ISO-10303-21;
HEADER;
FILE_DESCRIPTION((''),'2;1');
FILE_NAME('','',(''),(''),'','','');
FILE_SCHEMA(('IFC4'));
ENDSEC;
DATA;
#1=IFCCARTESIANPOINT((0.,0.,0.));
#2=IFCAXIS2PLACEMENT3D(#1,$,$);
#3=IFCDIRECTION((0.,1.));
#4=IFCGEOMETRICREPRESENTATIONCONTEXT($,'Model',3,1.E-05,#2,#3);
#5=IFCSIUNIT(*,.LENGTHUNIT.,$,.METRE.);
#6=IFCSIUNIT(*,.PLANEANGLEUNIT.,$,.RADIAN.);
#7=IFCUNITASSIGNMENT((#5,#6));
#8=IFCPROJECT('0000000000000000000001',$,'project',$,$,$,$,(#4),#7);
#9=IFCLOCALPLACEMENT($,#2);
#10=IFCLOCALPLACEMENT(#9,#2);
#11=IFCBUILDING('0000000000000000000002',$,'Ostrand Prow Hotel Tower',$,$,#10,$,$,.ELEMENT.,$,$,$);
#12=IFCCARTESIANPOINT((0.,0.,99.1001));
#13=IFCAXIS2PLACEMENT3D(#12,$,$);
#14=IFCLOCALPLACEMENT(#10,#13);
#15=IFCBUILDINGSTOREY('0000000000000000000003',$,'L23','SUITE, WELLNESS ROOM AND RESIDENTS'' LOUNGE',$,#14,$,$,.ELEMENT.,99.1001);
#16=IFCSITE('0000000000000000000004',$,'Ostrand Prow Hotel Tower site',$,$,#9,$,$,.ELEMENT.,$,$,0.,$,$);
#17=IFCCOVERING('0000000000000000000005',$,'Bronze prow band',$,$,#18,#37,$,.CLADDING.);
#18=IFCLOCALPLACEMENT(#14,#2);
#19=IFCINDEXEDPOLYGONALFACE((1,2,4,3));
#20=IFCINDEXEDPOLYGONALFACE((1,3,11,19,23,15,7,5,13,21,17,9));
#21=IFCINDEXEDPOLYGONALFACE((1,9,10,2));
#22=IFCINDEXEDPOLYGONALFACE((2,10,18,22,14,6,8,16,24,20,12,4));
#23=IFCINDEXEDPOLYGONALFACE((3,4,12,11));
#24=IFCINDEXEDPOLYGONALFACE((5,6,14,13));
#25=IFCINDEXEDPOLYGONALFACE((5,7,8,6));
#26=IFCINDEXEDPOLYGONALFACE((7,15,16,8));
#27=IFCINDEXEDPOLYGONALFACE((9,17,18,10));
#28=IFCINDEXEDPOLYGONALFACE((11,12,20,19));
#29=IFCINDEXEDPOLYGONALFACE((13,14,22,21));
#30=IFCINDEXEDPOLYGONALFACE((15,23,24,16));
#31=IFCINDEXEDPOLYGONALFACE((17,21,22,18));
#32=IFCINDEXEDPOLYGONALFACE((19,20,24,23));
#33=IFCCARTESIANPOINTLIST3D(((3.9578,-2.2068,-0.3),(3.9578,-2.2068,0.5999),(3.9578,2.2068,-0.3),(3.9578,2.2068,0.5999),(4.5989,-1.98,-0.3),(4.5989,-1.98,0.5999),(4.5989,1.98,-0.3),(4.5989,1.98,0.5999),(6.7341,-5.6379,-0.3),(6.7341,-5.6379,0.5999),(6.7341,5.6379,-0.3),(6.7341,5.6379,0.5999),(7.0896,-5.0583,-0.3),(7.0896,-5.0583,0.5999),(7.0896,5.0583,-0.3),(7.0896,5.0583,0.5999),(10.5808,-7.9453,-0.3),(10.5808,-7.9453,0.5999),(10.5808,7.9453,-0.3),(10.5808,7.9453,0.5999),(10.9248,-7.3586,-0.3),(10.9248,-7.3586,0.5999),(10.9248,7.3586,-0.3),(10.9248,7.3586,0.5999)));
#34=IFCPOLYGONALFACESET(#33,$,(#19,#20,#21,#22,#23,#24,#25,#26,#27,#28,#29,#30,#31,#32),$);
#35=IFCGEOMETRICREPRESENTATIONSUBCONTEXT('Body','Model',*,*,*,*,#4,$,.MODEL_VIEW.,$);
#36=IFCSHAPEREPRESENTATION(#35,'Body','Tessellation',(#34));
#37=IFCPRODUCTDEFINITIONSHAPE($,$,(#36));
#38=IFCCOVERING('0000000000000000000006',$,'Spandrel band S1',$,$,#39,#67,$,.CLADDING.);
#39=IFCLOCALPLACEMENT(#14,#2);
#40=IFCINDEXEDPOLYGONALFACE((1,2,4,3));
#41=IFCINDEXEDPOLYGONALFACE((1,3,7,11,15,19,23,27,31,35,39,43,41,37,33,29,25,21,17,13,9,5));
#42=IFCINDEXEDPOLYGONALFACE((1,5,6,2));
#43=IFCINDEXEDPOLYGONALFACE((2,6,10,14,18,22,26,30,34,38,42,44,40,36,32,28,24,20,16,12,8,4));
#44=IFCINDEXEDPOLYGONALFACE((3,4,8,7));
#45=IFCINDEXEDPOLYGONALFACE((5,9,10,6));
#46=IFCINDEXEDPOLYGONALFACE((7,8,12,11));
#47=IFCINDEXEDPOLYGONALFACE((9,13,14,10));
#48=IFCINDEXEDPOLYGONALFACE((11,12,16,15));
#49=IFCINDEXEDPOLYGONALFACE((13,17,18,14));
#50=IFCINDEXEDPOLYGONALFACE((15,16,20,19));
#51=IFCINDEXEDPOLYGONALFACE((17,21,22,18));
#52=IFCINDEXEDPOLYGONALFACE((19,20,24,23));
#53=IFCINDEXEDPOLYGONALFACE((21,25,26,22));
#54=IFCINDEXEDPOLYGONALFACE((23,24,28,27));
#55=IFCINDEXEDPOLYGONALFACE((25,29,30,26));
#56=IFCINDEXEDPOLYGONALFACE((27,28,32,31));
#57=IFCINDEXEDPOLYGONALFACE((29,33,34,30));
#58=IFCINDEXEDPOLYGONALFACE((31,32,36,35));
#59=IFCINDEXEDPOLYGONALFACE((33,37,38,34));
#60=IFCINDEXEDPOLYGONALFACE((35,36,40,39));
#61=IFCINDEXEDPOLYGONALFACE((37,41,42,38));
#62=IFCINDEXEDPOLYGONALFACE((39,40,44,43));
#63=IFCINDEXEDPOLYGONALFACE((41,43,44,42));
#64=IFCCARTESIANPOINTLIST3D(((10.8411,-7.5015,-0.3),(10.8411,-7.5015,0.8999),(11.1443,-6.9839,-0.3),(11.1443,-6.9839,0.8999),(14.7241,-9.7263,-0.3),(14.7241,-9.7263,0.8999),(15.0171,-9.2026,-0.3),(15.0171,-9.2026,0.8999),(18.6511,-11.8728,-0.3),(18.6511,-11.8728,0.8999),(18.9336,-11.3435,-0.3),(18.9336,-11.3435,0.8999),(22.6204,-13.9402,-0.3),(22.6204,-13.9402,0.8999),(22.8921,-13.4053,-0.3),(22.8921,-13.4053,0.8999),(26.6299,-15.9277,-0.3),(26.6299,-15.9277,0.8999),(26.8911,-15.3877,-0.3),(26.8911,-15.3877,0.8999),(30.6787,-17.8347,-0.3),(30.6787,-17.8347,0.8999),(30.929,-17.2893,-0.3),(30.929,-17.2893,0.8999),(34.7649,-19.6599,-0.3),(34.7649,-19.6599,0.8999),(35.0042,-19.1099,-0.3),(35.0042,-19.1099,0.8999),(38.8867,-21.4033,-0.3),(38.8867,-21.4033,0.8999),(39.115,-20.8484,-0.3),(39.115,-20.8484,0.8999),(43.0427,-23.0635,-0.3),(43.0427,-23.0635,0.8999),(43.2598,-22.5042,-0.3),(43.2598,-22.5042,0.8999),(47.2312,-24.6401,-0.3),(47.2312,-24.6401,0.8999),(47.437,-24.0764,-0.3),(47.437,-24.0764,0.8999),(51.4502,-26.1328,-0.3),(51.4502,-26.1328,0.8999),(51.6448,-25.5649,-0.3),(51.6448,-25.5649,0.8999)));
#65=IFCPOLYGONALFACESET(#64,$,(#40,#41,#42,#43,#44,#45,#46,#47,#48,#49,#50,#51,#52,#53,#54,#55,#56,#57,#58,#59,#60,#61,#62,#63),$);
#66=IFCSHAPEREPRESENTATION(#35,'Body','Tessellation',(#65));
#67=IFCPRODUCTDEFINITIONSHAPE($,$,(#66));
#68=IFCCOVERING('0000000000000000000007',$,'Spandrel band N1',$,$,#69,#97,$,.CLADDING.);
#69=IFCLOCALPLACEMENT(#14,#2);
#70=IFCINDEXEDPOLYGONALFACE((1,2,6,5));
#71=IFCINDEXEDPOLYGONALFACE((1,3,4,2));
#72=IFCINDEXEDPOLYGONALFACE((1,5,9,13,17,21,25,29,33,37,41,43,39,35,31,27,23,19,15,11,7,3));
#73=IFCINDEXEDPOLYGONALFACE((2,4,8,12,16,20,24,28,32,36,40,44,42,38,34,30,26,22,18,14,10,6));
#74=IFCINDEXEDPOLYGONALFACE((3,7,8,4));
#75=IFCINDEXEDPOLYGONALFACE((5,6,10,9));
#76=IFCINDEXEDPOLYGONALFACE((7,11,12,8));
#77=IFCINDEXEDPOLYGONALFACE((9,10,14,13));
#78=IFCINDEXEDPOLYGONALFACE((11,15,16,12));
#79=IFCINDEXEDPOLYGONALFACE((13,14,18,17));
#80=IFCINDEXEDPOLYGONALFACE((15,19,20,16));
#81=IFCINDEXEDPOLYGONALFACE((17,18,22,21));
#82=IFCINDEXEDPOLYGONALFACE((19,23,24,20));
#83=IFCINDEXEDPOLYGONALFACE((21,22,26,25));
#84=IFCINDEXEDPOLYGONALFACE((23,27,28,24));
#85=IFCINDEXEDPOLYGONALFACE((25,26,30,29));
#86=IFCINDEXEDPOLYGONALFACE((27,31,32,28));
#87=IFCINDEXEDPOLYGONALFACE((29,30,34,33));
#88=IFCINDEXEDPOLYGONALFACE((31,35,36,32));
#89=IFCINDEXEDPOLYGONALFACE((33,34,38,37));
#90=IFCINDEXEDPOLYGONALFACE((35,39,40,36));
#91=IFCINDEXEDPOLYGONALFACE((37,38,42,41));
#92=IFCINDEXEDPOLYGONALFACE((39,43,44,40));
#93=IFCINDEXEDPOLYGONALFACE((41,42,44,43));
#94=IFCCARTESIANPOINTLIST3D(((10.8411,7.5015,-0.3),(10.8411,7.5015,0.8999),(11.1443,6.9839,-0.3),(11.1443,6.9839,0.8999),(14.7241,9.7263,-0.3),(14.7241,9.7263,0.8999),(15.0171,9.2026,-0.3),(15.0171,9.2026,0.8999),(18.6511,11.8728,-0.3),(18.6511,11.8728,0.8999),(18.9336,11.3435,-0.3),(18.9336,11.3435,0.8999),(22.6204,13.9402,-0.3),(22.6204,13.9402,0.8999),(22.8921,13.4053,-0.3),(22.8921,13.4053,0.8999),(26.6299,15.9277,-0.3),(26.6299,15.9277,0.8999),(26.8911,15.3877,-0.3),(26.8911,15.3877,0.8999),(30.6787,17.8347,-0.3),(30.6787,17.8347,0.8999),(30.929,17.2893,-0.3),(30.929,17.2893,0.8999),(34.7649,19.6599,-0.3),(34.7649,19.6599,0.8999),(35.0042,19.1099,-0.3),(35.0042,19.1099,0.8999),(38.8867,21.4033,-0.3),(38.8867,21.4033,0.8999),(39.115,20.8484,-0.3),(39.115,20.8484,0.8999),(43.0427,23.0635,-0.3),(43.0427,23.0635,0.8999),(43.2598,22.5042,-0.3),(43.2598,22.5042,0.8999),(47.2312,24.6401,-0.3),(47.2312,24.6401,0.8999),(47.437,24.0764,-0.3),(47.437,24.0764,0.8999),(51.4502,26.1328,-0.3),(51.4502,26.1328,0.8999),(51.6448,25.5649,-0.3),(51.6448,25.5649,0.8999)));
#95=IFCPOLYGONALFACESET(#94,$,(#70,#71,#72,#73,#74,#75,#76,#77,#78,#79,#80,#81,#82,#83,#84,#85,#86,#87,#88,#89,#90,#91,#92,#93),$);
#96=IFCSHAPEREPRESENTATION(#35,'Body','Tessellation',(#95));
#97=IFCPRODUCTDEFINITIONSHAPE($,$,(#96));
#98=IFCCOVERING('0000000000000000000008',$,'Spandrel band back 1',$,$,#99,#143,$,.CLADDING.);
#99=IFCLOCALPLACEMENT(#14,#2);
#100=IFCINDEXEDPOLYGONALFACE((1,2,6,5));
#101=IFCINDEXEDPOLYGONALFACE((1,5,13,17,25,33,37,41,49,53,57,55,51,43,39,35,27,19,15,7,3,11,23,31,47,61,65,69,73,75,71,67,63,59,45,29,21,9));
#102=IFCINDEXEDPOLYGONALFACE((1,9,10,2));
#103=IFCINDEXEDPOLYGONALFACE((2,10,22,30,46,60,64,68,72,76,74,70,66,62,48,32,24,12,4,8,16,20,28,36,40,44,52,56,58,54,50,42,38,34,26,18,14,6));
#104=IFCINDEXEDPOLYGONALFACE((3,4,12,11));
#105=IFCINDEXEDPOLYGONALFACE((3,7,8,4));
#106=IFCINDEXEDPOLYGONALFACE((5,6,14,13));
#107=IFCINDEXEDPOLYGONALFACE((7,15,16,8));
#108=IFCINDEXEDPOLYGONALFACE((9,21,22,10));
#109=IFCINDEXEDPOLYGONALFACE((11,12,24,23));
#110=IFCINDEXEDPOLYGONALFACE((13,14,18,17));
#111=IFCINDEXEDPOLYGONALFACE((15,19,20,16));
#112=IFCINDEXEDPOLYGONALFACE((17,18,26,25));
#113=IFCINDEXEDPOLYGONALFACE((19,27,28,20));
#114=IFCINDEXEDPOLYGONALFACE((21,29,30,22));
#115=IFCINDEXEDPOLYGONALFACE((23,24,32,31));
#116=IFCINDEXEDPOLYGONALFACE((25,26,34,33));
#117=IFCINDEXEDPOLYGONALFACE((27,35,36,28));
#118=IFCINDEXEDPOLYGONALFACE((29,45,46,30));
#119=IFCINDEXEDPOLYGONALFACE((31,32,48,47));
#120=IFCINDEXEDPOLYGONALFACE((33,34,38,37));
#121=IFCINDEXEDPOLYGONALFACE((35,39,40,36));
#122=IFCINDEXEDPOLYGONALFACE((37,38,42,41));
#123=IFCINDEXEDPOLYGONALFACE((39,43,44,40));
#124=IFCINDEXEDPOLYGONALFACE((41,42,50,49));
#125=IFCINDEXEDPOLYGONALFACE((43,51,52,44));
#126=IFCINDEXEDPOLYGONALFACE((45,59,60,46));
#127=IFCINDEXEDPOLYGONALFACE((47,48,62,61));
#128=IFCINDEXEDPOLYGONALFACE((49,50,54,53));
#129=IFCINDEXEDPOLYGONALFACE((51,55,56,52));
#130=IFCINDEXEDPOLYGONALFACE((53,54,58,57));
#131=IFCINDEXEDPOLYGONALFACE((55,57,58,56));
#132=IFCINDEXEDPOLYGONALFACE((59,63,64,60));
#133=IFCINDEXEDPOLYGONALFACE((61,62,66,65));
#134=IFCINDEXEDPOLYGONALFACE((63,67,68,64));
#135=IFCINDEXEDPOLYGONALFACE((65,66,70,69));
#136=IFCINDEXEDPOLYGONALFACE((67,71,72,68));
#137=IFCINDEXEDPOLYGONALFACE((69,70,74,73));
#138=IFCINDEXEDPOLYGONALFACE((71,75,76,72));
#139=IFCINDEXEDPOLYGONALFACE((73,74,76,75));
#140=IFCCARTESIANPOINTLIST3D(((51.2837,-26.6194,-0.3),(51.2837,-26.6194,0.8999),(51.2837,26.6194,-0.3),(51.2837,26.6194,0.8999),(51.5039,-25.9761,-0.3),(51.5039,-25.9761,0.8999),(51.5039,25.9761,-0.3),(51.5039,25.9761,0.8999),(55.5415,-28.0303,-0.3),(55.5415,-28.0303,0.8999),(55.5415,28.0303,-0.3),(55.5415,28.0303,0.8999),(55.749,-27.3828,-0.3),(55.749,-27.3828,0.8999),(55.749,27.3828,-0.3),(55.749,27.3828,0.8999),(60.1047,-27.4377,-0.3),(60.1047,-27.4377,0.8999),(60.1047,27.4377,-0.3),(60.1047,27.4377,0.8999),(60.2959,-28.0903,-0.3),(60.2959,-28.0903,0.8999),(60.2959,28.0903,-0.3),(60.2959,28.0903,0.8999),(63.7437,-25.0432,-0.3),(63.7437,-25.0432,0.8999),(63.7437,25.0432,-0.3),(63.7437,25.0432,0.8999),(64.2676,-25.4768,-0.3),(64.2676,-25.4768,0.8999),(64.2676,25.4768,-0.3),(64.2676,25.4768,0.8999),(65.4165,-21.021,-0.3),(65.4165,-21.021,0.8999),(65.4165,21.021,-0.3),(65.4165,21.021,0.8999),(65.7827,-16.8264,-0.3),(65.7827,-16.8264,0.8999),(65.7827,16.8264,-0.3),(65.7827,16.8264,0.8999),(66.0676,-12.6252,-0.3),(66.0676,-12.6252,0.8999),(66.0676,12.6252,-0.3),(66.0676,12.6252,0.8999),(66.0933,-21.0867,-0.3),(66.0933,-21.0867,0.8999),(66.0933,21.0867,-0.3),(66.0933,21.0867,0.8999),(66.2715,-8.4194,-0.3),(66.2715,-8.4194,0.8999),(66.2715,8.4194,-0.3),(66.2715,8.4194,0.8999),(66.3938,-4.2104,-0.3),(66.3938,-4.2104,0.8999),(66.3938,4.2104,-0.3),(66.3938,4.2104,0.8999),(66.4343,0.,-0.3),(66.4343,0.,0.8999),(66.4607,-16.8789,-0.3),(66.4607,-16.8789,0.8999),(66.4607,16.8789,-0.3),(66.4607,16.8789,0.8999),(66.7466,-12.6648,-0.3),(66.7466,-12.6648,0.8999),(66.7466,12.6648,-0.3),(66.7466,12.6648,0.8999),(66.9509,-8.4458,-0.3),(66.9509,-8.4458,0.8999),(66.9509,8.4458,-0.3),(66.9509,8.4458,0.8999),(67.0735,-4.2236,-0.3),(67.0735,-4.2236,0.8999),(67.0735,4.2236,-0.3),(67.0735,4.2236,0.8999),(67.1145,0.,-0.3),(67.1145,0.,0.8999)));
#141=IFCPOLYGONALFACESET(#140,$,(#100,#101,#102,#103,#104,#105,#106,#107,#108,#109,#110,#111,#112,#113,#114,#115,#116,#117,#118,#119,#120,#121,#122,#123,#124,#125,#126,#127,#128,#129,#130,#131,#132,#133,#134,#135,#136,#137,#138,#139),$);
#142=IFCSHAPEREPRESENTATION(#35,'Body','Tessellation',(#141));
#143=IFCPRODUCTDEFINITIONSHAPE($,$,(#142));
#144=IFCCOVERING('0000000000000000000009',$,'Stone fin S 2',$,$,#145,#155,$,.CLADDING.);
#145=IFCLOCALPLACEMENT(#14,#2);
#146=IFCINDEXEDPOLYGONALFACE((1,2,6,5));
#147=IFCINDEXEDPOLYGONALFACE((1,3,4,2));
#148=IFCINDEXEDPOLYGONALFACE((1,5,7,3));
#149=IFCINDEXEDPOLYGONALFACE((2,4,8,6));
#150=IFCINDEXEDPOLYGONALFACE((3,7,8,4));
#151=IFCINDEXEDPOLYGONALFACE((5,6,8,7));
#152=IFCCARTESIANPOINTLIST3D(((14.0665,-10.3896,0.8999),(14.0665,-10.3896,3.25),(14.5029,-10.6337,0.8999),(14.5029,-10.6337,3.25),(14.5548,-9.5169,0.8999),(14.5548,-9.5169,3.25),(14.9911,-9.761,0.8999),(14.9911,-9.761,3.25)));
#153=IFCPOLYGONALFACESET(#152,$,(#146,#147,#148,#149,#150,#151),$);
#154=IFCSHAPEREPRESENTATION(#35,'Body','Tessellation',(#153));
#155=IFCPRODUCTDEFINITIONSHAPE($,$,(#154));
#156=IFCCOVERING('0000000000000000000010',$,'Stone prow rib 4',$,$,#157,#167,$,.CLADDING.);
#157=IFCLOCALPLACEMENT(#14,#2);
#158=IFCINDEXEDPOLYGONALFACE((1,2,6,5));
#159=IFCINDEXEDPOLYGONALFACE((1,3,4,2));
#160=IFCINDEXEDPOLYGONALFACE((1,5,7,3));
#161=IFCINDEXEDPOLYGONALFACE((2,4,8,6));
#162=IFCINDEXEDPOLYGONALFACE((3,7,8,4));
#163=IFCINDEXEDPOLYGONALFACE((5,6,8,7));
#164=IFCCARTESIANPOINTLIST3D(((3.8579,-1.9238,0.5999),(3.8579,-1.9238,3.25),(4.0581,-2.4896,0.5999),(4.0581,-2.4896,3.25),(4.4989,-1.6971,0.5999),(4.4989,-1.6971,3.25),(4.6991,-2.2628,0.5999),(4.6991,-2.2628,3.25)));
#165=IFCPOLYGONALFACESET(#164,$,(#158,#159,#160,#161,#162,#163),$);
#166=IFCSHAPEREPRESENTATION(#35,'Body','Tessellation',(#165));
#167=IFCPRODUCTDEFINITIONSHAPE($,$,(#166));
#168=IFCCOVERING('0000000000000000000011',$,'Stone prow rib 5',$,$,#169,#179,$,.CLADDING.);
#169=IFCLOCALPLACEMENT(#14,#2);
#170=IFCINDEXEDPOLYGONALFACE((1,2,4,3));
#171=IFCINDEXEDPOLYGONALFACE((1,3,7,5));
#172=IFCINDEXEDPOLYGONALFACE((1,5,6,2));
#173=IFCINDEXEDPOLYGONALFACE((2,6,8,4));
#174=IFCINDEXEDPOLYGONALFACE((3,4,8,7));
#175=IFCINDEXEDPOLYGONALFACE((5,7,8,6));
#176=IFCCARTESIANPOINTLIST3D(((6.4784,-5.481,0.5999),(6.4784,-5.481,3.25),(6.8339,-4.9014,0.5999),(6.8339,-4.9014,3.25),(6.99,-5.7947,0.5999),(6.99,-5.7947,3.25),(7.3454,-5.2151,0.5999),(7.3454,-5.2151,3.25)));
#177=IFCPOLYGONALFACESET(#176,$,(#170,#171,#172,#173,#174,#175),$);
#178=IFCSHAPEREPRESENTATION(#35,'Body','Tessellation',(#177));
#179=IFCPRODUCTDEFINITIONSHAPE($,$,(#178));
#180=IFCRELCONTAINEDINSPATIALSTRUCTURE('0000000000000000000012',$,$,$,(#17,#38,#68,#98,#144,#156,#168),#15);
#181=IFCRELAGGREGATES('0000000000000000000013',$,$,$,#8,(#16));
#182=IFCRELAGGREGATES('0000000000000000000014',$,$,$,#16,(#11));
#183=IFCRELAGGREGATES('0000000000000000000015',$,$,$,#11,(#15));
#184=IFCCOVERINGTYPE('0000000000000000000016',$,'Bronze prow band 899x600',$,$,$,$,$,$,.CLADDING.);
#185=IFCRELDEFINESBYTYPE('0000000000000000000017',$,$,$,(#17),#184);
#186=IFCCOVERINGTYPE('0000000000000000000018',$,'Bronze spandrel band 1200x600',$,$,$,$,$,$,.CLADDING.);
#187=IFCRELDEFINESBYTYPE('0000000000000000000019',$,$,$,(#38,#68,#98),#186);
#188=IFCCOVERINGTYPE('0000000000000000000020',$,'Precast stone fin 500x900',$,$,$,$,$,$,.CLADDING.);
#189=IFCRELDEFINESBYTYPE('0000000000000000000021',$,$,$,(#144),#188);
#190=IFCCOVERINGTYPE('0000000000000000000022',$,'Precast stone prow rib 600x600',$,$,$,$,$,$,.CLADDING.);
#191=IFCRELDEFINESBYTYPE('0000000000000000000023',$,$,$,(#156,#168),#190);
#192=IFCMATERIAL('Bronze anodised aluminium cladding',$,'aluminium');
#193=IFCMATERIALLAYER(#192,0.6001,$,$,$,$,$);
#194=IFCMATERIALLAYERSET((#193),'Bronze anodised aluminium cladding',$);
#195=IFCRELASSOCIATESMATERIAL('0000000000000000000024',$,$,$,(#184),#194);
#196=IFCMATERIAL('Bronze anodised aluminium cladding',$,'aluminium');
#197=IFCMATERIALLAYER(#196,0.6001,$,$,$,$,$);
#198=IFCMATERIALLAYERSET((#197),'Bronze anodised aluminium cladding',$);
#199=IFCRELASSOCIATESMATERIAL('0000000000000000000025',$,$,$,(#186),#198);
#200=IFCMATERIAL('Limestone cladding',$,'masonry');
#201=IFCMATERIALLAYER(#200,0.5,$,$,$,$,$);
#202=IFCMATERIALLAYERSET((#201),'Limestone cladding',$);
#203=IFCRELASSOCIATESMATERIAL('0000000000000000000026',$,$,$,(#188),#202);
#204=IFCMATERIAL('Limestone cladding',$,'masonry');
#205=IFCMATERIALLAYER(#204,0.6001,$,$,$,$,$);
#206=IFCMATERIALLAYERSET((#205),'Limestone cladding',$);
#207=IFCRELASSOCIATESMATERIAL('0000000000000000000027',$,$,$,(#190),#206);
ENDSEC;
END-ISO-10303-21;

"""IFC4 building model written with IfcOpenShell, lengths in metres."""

from ifc_helpers import new_model, si_unit, direction, frame, frame_2d, origin, place, context, subcontext, project, spatial, polyline, rectangle, outline, extrude, material, layer, layer_set, type_object, element, save


model = new_model("IFC4")

# Units and contexts
model_context = context("Model", 3, precision=1e-05, world=origin(), true_north=direction((0.0, 1.0)))
body_context = subcontext(model_context, "Body", "Model", "MODEL_VIEW")
ifc_project = project(units=[si_unit("LENGTHUNIT", "METRE"), si_unit("PLANEANGLEUNIT", "RADIAN")], contexts=[model_context])

# Site, building, storey
site_placement = place(None, origin())
site = spatial("IfcSite", under=ifc_project, at=site_placement, Name="Ostrand Prow Hotel Tower site", CompositionType="ELEMENT", RefElevation=0.0)
building_placement = place(site_placement, origin())
building = spatial("IfcBuilding", under=site, at=building_placement, Name="Ostrand Prow Hotel Tower", CompositionType="ELEMENT")
storey_placement = place(building_placement, frame((0.0, 0.0, 99.1001)))
storey = spatial("IfcBuildingStorey", under=building, at=storey_placement, Name="L23", Description="SUITE, WELLNESS ROOM AND RESIDENTS' LOUNGE", CompositionType="ELEMENT", Elevation=99.1001)

# Coverings
ifc_material_1 = material(Name="Bronze anodised aluminium cladding", Category="aluminium")
ifc_layer_1 = layer(ifc_material_1, 0.6001)
ifc_layer_set_1 = layer_set([ifc_layer_1], Name="Bronze anodised aluminium cladding")
covering_type_1 = type_object("IfcCoveringType", Name="Bronze prow band 899x600", PredefinedType="CLADDING", material=ifc_layer_set_1)
covering_1_placement = place(storey_placement, frame((0.0, 0.0, -0.3)))
element("IfcCovering", 1, at=covering_1_placement, inside=storey, type_object=covering_type_1, Name="Bronze prow band", PredefinedType="CLADDING", context=body_context, shape_type="SweptSolid", body=[
    extrude(outline(polyline([(10.5808, 7.9453), (6.7341, 5.6379), (3.9578, 2.2068), (3.9578, -2.2068), (6.7341, -5.6379), (10.5808, -7.9453), (10.9248, -7.3586), (7.0896, -5.0583), (4.5989, -1.98), (4.5989, 1.98), (7.0896, 5.0583), (10.9248, 7.3586), (10.5808, 7.9453)])), origin(), (0.0, 0.0, 1.0), 0.8999),
])
ifc_material_2 = material(Name="Bronze anodised aluminium cladding", Category="aluminium")
ifc_layer_2 = layer(ifc_material_2, 0.6001)
ifc_layer_set_2 = layer_set([ifc_layer_2], Name="Bronze anodised aluminium cladding")
covering_type_2 = type_object("IfcCoveringType", Name="Bronze spandrel band 1200x600", PredefinedType="CLADDING", material=ifc_layer_set_2)
covering_2_placement = place(storey_placement, frame((0.0, 0.0, -0.3)))
element("IfcCovering", 2, at=covering_2_placement, inside=storey, type_object=covering_type_2, Name="Spandrel band S1", PredefinedType="CLADDING", context=body_context, shape_type="SweptSolid", body=[
    extrude(outline(polyline([(10.8411, -7.5015), (14.7241, -9.7263), (18.6511, -11.8728), (22.6204, -13.9402), (26.6299, -15.9277), (30.6787, -17.8347), (34.7649, -19.6599), (38.8867, -21.4033), (43.0427, -23.0635), (47.2312, -24.6401), (51.4502, -26.1328), (51.6448, -25.5649), (47.437, -24.0764), (43.2598, -22.5042), (39.115, -20.8484), (35.0042, -19.1099), (30.929, -17.2893), (26.8911, -15.3877), (22.8921, -13.4053), (18.9336, -11.3435), (15.0171, -9.2026), (11.1443, -6.9839), (10.8411, -7.5015)])), origin(), (0.0, 0.0, 1.0), 1.2),
])
covering_3_placement = place(storey_placement, frame((0.0, 0.0, -0.3)))
element("IfcCovering", 3, at=covering_3_placement, inside=storey, type_object=covering_type_2, Name="Spandrel band N1", PredefinedType="CLADDING", context=body_context, shape_type="SweptSolid", body=[
    extrude(outline(polyline([(51.4502, 26.1328), (47.2312, 24.6401), (43.0427, 23.0635), (38.8867, 21.4033), (34.7649, 19.6599), (30.6787, 17.8347), (26.6299, 15.9277), (22.6204, 13.9402), (18.6511, 11.8728), (14.7241, 9.7263), (10.8411, 7.5015), (11.1443, 6.9839), (15.0171, 9.2026), (18.9336, 11.3435), (22.8921, 13.4053), (26.8911, 15.3877), (30.929, 17.2893), (35.0042, 19.1099), (39.115, 20.8484), (43.2598, 22.5042), (47.437, 24.0764), (51.6448, 25.5649), (51.4502, 26.1328)])), origin(), (0.0, 0.0, 1.0), 1.2),
])
covering_4_placement = place(storey_placement, frame((0.0, 0.0, -0.3)))
element("IfcCovering", 4, at=covering_4_placement, inside=storey, type_object=covering_type_2, Name="Spandrel band back 1", PredefinedType="CLADDING", context=body_context, shape_type="SweptSolid", body=[
    extrude(outline(polyline([(51.2837, -26.6194), (55.5415, -28.0303), (60.2959, -28.0903), (64.2676, -25.4768), (66.0933, -21.0867), (66.4607, -16.8789), (66.7466, -12.6648), (66.9509, -8.4458), (67.0735, -4.2236), (67.1145, 0.0), (67.0735, 4.2236), (66.9509, 8.4458), (66.7466, 12.6648), (66.4607, 16.8789), (66.0933, 21.0867), (64.2676, 25.4768), (60.2959, 28.0903), (55.5415, 28.0303), (51.2837, 26.6194), (51.5039, 25.9761), (55.749, 27.3828), (60.1047, 27.4377), (63.7437, 25.0432), (65.4165, 21.021), (65.7827, 16.8264), (66.0676, 12.6252), (66.2715, 8.4194), (66.3938, 4.2104), (66.4343, 0.0), (66.3938, -4.2104), (66.2715, -8.4194), (66.0676, -12.6252), (65.7827, -16.8264), (65.4165, -21.021), (63.7437, -25.0432), (60.1047, -27.4377), (55.749, -27.3828), (51.5039, -25.9761), (51.2837, -26.6194)])), origin(), (0.0, 0.0, 1.0), 1.2),
])
ifc_material_3 = material(Name="Limestone cladding", Category="masonry")
ifc_layer_3 = layer(ifc_material_3, 0.5)
ifc_layer_set_3 = layer_set([ifc_layer_3], Name="Limestone cladding")
covering_type_3 = type_object("IfcCoveringType", Name="Precast stone fin 500x900", PredefinedType="CLADDING", material=ifc_layer_set_3)
covering_5_placement = place(storey_placement, frame((14.7729, -9.6389, 0.8999), z_axis=(0.0, 0.0, 1.0), x_axis=(-0.488232, -0.872714, 0.0)))
element("IfcCovering", 5, at=covering_5_placement, inside=storey, type_object=covering_type_3, Name="Stone fin S 2", PredefinedType="CLADDING", context=body_context, shape_type="SweptSolid", body=[
    extrude(rectangle(XDim=1.0, YDim=0.5, at=frame_2d((0.5, 0.0))), origin(), (0.0, 0.0, 1.0), 2.3501),
])
ifc_material_4 = material(Name="Limestone cladding", Category="masonry")
ifc_layer_4 = layer(ifc_material_4, 0.6001)
ifc_layer_set_4 = layer_set([ifc_layer_4], Name="Limestone cladding")
covering_type_4 = type_object("IfcCoveringType", Name="Precast stone prow rib 600x600", PredefinedType="CLADDING", material=ifc_layer_set_4)
for number, where, z_axis, x_axis, name in (
    (6, (4.5989, -1.98, 0.5999), (0.0, 0.0, 1.0), (-0.942745, -0.333515, 0.0), "Stone prow rib 4"),
    (7, (7.0896, -5.0583, 0.5999), (0.0, 0.0, 1.0), (-0.522815, -0.852446, 0.0), "Stone prow rib 5"),
):
    element("IfcCovering", number, at=place(storey_placement, frame(where, z_axis=z_axis, x_axis=x_axis)), inside=storey, type_object=covering_type_4, Name=name, PredefinedType="CLADDING", context=body_context, shape_type="SweptSolid", body=[
        extrude(rectangle(XDim=0.6799, YDim=0.6001, at=frame_2d((0.3398, 0.0))), origin(), (0.0, 0.0, 1.0), 2.6501),
    ])

save(model, "model.ifc")
